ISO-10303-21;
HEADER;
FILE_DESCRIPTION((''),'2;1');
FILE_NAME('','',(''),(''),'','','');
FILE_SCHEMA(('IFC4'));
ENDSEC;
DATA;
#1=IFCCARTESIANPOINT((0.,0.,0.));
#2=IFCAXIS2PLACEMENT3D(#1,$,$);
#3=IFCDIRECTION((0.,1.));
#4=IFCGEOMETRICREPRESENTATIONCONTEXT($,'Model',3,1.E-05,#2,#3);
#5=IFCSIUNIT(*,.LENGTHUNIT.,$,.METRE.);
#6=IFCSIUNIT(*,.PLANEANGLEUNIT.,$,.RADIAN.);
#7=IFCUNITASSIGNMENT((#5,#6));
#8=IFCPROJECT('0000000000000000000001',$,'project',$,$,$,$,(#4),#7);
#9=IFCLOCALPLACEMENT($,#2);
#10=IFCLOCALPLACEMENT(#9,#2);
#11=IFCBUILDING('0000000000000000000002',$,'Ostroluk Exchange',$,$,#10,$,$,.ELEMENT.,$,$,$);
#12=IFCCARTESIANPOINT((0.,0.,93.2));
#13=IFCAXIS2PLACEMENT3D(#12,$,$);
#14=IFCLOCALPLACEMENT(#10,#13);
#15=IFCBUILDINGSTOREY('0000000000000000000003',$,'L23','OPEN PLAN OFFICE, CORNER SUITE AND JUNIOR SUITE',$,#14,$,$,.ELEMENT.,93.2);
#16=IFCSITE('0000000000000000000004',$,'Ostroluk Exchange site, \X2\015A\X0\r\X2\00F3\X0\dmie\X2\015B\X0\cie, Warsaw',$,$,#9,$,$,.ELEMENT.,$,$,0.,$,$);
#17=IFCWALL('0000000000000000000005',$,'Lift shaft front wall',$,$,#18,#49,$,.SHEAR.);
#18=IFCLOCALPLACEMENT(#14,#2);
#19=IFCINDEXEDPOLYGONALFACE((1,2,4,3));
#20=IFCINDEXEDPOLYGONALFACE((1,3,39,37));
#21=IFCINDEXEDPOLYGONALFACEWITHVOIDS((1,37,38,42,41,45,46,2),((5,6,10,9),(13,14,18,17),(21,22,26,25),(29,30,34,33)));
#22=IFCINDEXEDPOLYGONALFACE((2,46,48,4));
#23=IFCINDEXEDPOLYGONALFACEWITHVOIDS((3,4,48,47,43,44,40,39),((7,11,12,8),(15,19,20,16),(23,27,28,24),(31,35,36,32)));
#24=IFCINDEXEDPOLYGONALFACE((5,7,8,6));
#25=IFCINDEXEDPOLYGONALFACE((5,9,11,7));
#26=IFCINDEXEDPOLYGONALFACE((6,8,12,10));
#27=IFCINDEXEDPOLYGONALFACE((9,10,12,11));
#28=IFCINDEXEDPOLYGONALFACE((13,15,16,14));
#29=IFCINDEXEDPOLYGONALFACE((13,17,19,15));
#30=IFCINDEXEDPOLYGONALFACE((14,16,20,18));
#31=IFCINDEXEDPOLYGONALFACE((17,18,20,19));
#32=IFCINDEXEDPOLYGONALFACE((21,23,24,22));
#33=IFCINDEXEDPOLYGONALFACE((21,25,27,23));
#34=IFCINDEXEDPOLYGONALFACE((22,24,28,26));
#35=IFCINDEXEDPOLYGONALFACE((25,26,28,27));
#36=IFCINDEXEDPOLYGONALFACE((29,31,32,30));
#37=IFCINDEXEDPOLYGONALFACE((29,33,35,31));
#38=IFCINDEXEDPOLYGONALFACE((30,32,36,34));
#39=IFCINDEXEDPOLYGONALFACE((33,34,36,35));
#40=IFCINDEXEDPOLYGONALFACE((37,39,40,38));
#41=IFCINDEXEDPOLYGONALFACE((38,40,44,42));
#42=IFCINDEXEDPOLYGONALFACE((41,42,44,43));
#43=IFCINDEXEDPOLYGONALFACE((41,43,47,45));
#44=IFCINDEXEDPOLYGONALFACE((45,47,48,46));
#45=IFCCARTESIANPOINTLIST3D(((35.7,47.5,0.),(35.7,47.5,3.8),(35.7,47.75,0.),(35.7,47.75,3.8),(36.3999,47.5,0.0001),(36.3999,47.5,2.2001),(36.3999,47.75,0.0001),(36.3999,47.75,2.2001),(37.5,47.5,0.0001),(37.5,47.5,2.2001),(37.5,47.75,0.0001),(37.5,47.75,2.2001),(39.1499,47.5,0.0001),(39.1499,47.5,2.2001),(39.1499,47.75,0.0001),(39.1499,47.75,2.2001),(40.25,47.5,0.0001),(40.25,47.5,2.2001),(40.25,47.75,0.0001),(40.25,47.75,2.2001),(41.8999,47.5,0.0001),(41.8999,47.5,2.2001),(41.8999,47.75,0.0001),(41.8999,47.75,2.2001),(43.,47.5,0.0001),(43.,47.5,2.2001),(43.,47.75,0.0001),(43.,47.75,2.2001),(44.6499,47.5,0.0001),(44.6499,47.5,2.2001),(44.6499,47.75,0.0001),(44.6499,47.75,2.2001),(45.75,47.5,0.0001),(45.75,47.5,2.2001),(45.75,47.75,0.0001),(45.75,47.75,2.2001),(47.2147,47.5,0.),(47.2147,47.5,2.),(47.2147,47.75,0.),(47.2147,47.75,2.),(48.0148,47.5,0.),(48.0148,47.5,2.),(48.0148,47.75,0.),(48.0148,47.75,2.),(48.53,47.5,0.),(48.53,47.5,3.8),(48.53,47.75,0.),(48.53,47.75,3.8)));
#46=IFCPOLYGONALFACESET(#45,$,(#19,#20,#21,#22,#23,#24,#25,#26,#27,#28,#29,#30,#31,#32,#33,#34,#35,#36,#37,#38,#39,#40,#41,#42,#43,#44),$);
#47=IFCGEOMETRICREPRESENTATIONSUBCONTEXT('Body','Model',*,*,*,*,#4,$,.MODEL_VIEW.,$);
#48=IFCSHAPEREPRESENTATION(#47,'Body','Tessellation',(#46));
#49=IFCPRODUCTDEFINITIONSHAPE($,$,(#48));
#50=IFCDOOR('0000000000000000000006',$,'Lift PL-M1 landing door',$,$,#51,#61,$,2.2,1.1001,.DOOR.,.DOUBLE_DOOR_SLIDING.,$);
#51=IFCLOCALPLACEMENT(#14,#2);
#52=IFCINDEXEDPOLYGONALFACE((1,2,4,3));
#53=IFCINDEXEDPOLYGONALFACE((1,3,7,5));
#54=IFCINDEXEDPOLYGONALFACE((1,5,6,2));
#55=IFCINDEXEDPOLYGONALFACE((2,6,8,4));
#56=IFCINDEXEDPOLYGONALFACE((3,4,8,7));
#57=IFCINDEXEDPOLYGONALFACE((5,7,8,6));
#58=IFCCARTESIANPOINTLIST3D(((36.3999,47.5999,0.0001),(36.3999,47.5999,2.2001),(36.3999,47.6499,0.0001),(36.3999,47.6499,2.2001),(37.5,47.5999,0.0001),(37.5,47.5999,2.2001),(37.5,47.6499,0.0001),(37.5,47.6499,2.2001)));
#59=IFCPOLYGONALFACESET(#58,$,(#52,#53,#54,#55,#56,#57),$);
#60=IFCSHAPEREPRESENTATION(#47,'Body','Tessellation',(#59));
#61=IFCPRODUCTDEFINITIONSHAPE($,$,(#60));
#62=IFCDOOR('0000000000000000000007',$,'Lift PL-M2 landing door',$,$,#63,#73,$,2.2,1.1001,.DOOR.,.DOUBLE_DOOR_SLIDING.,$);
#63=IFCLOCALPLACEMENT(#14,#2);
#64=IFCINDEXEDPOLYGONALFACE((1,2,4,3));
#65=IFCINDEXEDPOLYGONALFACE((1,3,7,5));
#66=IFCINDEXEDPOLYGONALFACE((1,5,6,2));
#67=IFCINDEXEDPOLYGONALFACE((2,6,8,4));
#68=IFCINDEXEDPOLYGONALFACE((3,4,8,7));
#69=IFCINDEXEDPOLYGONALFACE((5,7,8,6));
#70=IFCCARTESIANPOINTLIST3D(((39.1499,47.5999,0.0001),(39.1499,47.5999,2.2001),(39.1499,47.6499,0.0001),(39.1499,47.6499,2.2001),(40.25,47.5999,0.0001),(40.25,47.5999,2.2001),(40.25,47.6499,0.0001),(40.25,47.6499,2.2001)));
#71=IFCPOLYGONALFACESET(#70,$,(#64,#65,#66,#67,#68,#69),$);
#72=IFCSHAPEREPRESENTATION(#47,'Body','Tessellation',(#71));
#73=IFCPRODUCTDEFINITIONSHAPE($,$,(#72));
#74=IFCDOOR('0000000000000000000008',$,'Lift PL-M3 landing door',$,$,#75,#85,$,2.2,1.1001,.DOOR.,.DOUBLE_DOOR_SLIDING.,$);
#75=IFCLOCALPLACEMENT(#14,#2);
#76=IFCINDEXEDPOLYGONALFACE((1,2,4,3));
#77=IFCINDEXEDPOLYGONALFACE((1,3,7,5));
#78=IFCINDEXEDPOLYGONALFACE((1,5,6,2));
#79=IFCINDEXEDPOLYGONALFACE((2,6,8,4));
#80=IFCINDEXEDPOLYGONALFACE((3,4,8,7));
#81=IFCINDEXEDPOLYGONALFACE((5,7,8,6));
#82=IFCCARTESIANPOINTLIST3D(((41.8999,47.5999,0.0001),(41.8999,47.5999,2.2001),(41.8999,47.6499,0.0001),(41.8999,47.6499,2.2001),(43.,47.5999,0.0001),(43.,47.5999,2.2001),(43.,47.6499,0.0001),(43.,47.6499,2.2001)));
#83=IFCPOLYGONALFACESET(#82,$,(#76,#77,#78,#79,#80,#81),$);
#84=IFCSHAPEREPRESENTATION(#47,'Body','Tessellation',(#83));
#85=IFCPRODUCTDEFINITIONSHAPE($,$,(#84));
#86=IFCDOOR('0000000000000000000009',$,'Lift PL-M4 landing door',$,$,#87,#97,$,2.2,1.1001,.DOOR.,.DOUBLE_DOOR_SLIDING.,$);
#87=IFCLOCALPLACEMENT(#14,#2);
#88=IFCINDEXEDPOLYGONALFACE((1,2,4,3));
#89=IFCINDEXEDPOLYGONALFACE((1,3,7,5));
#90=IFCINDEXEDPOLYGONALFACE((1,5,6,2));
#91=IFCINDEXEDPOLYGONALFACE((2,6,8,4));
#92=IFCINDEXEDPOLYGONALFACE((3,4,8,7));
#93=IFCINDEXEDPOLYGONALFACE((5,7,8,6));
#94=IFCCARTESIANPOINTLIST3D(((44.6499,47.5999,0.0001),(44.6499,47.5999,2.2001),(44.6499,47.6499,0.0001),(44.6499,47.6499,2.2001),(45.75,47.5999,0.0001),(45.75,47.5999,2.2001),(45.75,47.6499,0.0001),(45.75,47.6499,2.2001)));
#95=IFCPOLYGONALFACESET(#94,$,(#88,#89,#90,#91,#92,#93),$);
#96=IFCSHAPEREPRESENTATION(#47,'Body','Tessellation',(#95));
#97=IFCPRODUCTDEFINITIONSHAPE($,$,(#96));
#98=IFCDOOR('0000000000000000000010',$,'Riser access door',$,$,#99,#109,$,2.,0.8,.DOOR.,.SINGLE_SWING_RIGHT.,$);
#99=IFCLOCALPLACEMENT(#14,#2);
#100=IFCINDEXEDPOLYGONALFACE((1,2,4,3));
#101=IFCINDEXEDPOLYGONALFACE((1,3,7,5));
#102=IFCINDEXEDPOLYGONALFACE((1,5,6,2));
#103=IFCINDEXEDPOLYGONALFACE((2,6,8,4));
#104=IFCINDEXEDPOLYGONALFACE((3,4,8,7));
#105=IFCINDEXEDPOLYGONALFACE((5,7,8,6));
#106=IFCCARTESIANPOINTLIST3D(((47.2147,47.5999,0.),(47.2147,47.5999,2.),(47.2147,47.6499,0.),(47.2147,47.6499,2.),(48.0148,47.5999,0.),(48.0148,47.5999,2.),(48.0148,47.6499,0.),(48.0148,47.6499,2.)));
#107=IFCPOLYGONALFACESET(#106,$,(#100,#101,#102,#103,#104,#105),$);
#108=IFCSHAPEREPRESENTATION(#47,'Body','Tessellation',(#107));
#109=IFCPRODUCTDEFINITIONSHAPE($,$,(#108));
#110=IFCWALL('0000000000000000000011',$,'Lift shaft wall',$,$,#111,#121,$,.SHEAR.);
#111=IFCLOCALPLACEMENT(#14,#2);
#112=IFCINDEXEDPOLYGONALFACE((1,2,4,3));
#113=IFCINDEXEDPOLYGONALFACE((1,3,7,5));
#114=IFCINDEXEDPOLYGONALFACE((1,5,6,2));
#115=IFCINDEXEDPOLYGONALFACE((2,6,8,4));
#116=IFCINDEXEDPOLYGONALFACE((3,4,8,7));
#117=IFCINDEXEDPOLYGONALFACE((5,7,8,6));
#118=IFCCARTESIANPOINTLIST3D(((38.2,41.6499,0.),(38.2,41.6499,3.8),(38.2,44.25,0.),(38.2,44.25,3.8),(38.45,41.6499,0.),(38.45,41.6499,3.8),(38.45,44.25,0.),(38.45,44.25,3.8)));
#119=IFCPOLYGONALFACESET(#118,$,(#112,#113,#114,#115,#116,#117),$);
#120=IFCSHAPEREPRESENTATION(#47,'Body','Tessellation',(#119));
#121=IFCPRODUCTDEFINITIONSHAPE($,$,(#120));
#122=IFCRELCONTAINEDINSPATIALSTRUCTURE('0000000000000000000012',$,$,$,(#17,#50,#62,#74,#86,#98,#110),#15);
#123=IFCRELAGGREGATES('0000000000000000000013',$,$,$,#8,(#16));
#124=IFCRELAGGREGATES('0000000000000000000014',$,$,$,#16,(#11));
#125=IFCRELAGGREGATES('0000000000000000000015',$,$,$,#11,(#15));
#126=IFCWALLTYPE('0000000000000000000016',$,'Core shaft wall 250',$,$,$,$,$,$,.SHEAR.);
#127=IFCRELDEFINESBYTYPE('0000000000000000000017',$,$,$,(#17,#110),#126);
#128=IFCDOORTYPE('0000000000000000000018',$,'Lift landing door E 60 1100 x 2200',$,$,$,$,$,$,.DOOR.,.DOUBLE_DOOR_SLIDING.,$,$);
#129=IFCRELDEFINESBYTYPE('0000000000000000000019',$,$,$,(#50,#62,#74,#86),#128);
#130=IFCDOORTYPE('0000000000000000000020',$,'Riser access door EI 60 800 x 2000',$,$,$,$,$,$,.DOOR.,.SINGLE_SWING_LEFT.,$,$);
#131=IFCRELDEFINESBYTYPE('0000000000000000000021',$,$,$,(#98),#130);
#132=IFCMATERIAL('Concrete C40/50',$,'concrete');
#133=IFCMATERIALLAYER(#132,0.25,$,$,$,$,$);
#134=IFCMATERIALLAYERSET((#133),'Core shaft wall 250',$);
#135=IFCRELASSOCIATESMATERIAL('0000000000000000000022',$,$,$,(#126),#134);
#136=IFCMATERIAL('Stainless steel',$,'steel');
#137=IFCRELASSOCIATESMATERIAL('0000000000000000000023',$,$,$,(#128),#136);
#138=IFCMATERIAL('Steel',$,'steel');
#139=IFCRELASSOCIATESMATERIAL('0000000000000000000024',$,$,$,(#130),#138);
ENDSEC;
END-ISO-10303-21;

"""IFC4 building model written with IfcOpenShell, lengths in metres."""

from ifc_helpers import new_model, si_unit, direction, frame, frame_2d, origin, place, context, subcontext, project, spatial, rectangle, extrude, material, layer, layer_set, type_object, element, fill, save


model = new_model("IFC4")

# Units and contexts
model_context = context("Model", 3, precision=1e-05, world=origin(), true_north=direction((0.0, 1.0)))
body_context = subcontext(model_context, "Body", "Model", "MODEL_VIEW")
ifc_project = project(units=[si_unit("LENGTHUNIT", "METRE"), si_unit("PLANEANGLEUNIT", "RADIAN")], contexts=[model_context])

# Site, building, storey
site_placement = place(None, origin())
site = spatial("IfcSite", under=ifc_project, at=site_placement, Name="Ostroluk Exchange site, Śródmieście, Warsaw", CompositionType="ELEMENT", RefElevation=0.0)
building_placement = place(site_placement, origin())
building = spatial("IfcBuilding", under=site, at=building_placement, Name="Ostroluk Exchange", CompositionType="ELEMENT")
storey_placement = place(building_placement, frame((0.0, 0.0, 93.2)))
storey = spatial("IfcBuildingStorey", under=building, at=storey_placement, Name="L23", Description="OPEN PLAN OFFICE, CORNER SUITE AND JUNIOR SUITE", CompositionType="ELEMENT", Elevation=93.2)

# Shared definitions
ifc_material_1 = material(Name="Concrete C40/50", Category="concrete")
ifc_layer = layer(ifc_material_1, 0.25)
ifc_layer_set = layer_set([ifc_layer], Name="Core shaft wall 250")
wall_type = type_object("IfcWallType", Name="Core shaft wall 250", PredefinedType="SHEAR", material=ifc_layer_set)

# Wall, openings, doors
wall_1_placement = place(storey_placement, frame((35.7, 47.625, 0.0), z_axis=(0.0, 0.0, 1.0), x_axis=(1.0, 0.0, 0.0)))
wall_1 = element("IfcWall", 1, at=wall_1_placement, inside=storey, type_object=wall_type, Name="Lift shaft front wall", PredefinedType="SHEAR", context=body_context, shape_type="SweptSolid", body=[
    extrude(rectangle(XDim=12.8301, YDim=0.25, at=frame_2d((6.415, 0.0))), origin(), (0.0, 0.0, 1.0), 3.8),
])
opening_1_placement = place(wall_1_placement, frame((0.7, 0.0, 0.0)))
opening_1 = element("IfcOpeningElement", 2, at=opening_1_placement, cuts=wall_1, PredefinedType="OPENING", context=body_context, shape_type="SweptSolid", body=[
    extrude(rectangle(XDim=1.1001, YDim=2.2, at=frame_2d((0.55, 1.1001))), frame((0.0, 0.135, 0.0), z_axis=(0.0, -1.0, 0.0), x_axis=(1.0, 0.0, 0.0)), (0.0, 0.0, 1.0), 0.27),
])
opening_2_placement = place(wall_1_placement, frame((3.45, 0.0, 0.0)))
opening_2 = element("IfcOpeningElement", 3, at=opening_2_placement, cuts=wall_1, PredefinedType="OPENING", context=body_context, shape_type="SweptSolid", body=[
    extrude(rectangle(XDim=1.1001, YDim=2.2, at=frame_2d((0.55, 1.1001))), frame((0.0, 0.135, 0.0), z_axis=(0.0, -1.0, 0.0), x_axis=(1.0, 0.0, 0.0)), (0.0, 0.0, 1.0), 0.27),
])
opening_3_placement = place(wall_1_placement, frame((6.2, 0.0, 0.0)))
opening_3 = element("IfcOpeningElement", 4, at=opening_3_placement, cuts=wall_1, PredefinedType="OPENING", context=body_context, shape_type="SweptSolid", body=[
    extrude(rectangle(XDim=1.1001, YDim=2.2, at=frame_2d((0.55, 1.1001))), frame((0.0, 0.135, 0.0), z_axis=(0.0, -1.0, 0.0), x_axis=(1.0, 0.0, 0.0)), (0.0, 0.0, 1.0), 0.27),
])
opening_4_placement = place(wall_1_placement, frame((8.95, 0.0, 0.0)))
opening_4 = element("IfcOpeningElement", 5, at=opening_4_placement, cuts=wall_1, PredefinedType="OPENING", context=body_context, shape_type="SweptSolid", body=[
    extrude(rectangle(XDim=1.1001, YDim=2.2, at=frame_2d((0.55, 1.1001))), frame((0.0, 0.135, 0.0), z_axis=(0.0, -1.0, 0.0), x_axis=(1.0, 0.0, 0.0)), (0.0, 0.0, 1.0), 0.27),
])
opening_5_placement = place(wall_1_placement, frame((11.5149, 0.0, 0.0)))
opening_5 = element("IfcOpeningElement", 6, at=opening_5_placement, cuts=wall_1, PredefinedType="OPENING", context=body_context, shape_type="SweptSolid", body=[
    extrude(rectangle(XDim=0.8, YDim=2.0, at=frame_2d((0.3999, 1.0))), frame((0.0, 0.135, 0.0), z_axis=(0.0, -1.0, 0.0), x_axis=(1.0, 0.0, 0.0)), (0.0, 0.0, 1.0), 0.27),
])
ifc_material_2 = material(Name="Stainless steel", Category="steel")
door_type_1 = type_object("IfcDoorType", Name="Lift landing door E 60 1100 x 2200", OperationType="DOUBLE_DOOR_SLIDING", PredefinedType="DOOR", material=ifc_material_2)
door_1_placement = place(opening_1_placement, origin())
door_1 = element("IfcDoor", 7, at=door_1_placement, inside=storey, type_object=door_type_1, Name="Lift PL-M1 landing door", OperationType="DOUBLE_DOOR_SLIDING", OverallHeight=2.2, OverallWidth=1.1001, PredefinedType="DOOR", context=body_context, shape_type="SweptSolid", body=[
    extrude(rectangle(XDim=1.1001, YDim=2.2, at=frame_2d((0.55, 1.1001))), frame((0.0, 0.0249, 0.0), z_axis=(0.0, -1.0, 0.0), x_axis=(1.0, 0.0, 0.0)), (0.0, 0.0, 1.0), 0.05),
])
fill(opening_1, door_1)
door_2_placement = place(opening_2_placement, origin())
door_2 = element("IfcDoor", 8, at=door_2_placement, inside=storey, type_object=door_type_1, Name="Lift PL-M2 landing door", OperationType="DOUBLE_DOOR_SLIDING", OverallHeight=2.2, OverallWidth=1.1001, PredefinedType="DOOR", context=body_context, shape_type="SweptSolid", body=[
    extrude(rectangle(XDim=1.1001, YDim=2.2, at=frame_2d((0.55, 1.1001))), frame((0.0, 0.0249, 0.0), z_axis=(0.0, -1.0, 0.0), x_axis=(1.0, 0.0, 0.0)), (0.0, 0.0, 1.0), 0.05),
])
fill(opening_2, door_2)
door_3_placement = place(opening_3_placement, origin())
door_3 = element("IfcDoor", 9, at=door_3_placement, inside=storey, type_object=door_type_1, Name="Lift PL-M3 landing door", OperationType="DOUBLE_DOOR_SLIDING", OverallHeight=2.2, OverallWidth=1.1001, PredefinedType="DOOR", context=body_context, shape_type="SweptSolid", body=[
    extrude(rectangle(XDim=1.1001, YDim=2.2, at=frame_2d((0.55, 1.1001))), frame((0.0, 0.0249, 0.0), z_axis=(0.0, -1.0, 0.0), x_axis=(1.0, 0.0, 0.0)), (0.0, 0.0, 1.0), 0.05),
])
fill(opening_3, door_3)
door_4_placement = place(opening_4_placement, origin())
door_4 = element("IfcDoor", 10, at=door_4_placement, inside=storey, type_object=door_type_1, Name="Lift PL-M4 landing door", OperationType="DOUBLE_DOOR_SLIDING", OverallHeight=2.2, OverallWidth=1.1001, PredefinedType="DOOR", context=body_context, shape_type="SweptSolid", body=[
    extrude(rectangle(XDim=1.1001, YDim=2.2, at=frame_2d((0.55, 1.1001))), frame((0.0, 0.0249, 0.0), z_axis=(0.0, -1.0, 0.0), x_axis=(1.0, 0.0, 0.0)), (0.0, 0.0, 1.0), 0.05),
])
fill(opening_4, door_4)
ifc_material_3 = material(Name="Steel", Category="steel")
door_type_2 = type_object("IfcDoorType", Name="Riser access door EI 60 800 x 2000", OperationType="SINGLE_SWING_LEFT", PredefinedType="DOOR", material=ifc_material_3)
door_5_placement = place(opening_5_placement, origin())
door_5 = element("IfcDoor", 11, at=door_5_placement, inside=storey, type_object=door_type_2, Name="Riser access door", OperationType="SINGLE_SWING_RIGHT", OverallHeight=2.0, OverallWidth=0.8, PredefinedType="DOOR", context=body_context, shape_type="SweptSolid", body=[
    extrude(rectangle(XDim=0.8, YDim=2.0, at=frame_2d((0.3999, 1.0))), frame((0.0, 0.0249, 0.0), z_axis=(0.0, -1.0, 0.0), x_axis=(1.0, 0.0, 0.0)), (0.0, 0.0, 1.0), 0.05),
])
fill(opening_5, door_5)

# Wall
wall_2_placement = place(storey_placement, frame((38.325, 44.25, 0.0), z_axis=(0.0, 0.0, 1.0), x_axis=(0.0, -1.0, 0.0)))
element("IfcWall", 12, at=wall_2_placement, inside=storey, type_object=wall_type, Name="Lift shaft wall", PredefinedType="SHEAR", context=body_context, shape_type="SweptSolid", body=[
    extrude(rectangle(XDim=2.6001, YDim=0.25, at=frame_2d((1.3, 0.0))), origin(), (0.0, 0.0, 1.0), 3.8),
])

save(model, "model.ifc")
